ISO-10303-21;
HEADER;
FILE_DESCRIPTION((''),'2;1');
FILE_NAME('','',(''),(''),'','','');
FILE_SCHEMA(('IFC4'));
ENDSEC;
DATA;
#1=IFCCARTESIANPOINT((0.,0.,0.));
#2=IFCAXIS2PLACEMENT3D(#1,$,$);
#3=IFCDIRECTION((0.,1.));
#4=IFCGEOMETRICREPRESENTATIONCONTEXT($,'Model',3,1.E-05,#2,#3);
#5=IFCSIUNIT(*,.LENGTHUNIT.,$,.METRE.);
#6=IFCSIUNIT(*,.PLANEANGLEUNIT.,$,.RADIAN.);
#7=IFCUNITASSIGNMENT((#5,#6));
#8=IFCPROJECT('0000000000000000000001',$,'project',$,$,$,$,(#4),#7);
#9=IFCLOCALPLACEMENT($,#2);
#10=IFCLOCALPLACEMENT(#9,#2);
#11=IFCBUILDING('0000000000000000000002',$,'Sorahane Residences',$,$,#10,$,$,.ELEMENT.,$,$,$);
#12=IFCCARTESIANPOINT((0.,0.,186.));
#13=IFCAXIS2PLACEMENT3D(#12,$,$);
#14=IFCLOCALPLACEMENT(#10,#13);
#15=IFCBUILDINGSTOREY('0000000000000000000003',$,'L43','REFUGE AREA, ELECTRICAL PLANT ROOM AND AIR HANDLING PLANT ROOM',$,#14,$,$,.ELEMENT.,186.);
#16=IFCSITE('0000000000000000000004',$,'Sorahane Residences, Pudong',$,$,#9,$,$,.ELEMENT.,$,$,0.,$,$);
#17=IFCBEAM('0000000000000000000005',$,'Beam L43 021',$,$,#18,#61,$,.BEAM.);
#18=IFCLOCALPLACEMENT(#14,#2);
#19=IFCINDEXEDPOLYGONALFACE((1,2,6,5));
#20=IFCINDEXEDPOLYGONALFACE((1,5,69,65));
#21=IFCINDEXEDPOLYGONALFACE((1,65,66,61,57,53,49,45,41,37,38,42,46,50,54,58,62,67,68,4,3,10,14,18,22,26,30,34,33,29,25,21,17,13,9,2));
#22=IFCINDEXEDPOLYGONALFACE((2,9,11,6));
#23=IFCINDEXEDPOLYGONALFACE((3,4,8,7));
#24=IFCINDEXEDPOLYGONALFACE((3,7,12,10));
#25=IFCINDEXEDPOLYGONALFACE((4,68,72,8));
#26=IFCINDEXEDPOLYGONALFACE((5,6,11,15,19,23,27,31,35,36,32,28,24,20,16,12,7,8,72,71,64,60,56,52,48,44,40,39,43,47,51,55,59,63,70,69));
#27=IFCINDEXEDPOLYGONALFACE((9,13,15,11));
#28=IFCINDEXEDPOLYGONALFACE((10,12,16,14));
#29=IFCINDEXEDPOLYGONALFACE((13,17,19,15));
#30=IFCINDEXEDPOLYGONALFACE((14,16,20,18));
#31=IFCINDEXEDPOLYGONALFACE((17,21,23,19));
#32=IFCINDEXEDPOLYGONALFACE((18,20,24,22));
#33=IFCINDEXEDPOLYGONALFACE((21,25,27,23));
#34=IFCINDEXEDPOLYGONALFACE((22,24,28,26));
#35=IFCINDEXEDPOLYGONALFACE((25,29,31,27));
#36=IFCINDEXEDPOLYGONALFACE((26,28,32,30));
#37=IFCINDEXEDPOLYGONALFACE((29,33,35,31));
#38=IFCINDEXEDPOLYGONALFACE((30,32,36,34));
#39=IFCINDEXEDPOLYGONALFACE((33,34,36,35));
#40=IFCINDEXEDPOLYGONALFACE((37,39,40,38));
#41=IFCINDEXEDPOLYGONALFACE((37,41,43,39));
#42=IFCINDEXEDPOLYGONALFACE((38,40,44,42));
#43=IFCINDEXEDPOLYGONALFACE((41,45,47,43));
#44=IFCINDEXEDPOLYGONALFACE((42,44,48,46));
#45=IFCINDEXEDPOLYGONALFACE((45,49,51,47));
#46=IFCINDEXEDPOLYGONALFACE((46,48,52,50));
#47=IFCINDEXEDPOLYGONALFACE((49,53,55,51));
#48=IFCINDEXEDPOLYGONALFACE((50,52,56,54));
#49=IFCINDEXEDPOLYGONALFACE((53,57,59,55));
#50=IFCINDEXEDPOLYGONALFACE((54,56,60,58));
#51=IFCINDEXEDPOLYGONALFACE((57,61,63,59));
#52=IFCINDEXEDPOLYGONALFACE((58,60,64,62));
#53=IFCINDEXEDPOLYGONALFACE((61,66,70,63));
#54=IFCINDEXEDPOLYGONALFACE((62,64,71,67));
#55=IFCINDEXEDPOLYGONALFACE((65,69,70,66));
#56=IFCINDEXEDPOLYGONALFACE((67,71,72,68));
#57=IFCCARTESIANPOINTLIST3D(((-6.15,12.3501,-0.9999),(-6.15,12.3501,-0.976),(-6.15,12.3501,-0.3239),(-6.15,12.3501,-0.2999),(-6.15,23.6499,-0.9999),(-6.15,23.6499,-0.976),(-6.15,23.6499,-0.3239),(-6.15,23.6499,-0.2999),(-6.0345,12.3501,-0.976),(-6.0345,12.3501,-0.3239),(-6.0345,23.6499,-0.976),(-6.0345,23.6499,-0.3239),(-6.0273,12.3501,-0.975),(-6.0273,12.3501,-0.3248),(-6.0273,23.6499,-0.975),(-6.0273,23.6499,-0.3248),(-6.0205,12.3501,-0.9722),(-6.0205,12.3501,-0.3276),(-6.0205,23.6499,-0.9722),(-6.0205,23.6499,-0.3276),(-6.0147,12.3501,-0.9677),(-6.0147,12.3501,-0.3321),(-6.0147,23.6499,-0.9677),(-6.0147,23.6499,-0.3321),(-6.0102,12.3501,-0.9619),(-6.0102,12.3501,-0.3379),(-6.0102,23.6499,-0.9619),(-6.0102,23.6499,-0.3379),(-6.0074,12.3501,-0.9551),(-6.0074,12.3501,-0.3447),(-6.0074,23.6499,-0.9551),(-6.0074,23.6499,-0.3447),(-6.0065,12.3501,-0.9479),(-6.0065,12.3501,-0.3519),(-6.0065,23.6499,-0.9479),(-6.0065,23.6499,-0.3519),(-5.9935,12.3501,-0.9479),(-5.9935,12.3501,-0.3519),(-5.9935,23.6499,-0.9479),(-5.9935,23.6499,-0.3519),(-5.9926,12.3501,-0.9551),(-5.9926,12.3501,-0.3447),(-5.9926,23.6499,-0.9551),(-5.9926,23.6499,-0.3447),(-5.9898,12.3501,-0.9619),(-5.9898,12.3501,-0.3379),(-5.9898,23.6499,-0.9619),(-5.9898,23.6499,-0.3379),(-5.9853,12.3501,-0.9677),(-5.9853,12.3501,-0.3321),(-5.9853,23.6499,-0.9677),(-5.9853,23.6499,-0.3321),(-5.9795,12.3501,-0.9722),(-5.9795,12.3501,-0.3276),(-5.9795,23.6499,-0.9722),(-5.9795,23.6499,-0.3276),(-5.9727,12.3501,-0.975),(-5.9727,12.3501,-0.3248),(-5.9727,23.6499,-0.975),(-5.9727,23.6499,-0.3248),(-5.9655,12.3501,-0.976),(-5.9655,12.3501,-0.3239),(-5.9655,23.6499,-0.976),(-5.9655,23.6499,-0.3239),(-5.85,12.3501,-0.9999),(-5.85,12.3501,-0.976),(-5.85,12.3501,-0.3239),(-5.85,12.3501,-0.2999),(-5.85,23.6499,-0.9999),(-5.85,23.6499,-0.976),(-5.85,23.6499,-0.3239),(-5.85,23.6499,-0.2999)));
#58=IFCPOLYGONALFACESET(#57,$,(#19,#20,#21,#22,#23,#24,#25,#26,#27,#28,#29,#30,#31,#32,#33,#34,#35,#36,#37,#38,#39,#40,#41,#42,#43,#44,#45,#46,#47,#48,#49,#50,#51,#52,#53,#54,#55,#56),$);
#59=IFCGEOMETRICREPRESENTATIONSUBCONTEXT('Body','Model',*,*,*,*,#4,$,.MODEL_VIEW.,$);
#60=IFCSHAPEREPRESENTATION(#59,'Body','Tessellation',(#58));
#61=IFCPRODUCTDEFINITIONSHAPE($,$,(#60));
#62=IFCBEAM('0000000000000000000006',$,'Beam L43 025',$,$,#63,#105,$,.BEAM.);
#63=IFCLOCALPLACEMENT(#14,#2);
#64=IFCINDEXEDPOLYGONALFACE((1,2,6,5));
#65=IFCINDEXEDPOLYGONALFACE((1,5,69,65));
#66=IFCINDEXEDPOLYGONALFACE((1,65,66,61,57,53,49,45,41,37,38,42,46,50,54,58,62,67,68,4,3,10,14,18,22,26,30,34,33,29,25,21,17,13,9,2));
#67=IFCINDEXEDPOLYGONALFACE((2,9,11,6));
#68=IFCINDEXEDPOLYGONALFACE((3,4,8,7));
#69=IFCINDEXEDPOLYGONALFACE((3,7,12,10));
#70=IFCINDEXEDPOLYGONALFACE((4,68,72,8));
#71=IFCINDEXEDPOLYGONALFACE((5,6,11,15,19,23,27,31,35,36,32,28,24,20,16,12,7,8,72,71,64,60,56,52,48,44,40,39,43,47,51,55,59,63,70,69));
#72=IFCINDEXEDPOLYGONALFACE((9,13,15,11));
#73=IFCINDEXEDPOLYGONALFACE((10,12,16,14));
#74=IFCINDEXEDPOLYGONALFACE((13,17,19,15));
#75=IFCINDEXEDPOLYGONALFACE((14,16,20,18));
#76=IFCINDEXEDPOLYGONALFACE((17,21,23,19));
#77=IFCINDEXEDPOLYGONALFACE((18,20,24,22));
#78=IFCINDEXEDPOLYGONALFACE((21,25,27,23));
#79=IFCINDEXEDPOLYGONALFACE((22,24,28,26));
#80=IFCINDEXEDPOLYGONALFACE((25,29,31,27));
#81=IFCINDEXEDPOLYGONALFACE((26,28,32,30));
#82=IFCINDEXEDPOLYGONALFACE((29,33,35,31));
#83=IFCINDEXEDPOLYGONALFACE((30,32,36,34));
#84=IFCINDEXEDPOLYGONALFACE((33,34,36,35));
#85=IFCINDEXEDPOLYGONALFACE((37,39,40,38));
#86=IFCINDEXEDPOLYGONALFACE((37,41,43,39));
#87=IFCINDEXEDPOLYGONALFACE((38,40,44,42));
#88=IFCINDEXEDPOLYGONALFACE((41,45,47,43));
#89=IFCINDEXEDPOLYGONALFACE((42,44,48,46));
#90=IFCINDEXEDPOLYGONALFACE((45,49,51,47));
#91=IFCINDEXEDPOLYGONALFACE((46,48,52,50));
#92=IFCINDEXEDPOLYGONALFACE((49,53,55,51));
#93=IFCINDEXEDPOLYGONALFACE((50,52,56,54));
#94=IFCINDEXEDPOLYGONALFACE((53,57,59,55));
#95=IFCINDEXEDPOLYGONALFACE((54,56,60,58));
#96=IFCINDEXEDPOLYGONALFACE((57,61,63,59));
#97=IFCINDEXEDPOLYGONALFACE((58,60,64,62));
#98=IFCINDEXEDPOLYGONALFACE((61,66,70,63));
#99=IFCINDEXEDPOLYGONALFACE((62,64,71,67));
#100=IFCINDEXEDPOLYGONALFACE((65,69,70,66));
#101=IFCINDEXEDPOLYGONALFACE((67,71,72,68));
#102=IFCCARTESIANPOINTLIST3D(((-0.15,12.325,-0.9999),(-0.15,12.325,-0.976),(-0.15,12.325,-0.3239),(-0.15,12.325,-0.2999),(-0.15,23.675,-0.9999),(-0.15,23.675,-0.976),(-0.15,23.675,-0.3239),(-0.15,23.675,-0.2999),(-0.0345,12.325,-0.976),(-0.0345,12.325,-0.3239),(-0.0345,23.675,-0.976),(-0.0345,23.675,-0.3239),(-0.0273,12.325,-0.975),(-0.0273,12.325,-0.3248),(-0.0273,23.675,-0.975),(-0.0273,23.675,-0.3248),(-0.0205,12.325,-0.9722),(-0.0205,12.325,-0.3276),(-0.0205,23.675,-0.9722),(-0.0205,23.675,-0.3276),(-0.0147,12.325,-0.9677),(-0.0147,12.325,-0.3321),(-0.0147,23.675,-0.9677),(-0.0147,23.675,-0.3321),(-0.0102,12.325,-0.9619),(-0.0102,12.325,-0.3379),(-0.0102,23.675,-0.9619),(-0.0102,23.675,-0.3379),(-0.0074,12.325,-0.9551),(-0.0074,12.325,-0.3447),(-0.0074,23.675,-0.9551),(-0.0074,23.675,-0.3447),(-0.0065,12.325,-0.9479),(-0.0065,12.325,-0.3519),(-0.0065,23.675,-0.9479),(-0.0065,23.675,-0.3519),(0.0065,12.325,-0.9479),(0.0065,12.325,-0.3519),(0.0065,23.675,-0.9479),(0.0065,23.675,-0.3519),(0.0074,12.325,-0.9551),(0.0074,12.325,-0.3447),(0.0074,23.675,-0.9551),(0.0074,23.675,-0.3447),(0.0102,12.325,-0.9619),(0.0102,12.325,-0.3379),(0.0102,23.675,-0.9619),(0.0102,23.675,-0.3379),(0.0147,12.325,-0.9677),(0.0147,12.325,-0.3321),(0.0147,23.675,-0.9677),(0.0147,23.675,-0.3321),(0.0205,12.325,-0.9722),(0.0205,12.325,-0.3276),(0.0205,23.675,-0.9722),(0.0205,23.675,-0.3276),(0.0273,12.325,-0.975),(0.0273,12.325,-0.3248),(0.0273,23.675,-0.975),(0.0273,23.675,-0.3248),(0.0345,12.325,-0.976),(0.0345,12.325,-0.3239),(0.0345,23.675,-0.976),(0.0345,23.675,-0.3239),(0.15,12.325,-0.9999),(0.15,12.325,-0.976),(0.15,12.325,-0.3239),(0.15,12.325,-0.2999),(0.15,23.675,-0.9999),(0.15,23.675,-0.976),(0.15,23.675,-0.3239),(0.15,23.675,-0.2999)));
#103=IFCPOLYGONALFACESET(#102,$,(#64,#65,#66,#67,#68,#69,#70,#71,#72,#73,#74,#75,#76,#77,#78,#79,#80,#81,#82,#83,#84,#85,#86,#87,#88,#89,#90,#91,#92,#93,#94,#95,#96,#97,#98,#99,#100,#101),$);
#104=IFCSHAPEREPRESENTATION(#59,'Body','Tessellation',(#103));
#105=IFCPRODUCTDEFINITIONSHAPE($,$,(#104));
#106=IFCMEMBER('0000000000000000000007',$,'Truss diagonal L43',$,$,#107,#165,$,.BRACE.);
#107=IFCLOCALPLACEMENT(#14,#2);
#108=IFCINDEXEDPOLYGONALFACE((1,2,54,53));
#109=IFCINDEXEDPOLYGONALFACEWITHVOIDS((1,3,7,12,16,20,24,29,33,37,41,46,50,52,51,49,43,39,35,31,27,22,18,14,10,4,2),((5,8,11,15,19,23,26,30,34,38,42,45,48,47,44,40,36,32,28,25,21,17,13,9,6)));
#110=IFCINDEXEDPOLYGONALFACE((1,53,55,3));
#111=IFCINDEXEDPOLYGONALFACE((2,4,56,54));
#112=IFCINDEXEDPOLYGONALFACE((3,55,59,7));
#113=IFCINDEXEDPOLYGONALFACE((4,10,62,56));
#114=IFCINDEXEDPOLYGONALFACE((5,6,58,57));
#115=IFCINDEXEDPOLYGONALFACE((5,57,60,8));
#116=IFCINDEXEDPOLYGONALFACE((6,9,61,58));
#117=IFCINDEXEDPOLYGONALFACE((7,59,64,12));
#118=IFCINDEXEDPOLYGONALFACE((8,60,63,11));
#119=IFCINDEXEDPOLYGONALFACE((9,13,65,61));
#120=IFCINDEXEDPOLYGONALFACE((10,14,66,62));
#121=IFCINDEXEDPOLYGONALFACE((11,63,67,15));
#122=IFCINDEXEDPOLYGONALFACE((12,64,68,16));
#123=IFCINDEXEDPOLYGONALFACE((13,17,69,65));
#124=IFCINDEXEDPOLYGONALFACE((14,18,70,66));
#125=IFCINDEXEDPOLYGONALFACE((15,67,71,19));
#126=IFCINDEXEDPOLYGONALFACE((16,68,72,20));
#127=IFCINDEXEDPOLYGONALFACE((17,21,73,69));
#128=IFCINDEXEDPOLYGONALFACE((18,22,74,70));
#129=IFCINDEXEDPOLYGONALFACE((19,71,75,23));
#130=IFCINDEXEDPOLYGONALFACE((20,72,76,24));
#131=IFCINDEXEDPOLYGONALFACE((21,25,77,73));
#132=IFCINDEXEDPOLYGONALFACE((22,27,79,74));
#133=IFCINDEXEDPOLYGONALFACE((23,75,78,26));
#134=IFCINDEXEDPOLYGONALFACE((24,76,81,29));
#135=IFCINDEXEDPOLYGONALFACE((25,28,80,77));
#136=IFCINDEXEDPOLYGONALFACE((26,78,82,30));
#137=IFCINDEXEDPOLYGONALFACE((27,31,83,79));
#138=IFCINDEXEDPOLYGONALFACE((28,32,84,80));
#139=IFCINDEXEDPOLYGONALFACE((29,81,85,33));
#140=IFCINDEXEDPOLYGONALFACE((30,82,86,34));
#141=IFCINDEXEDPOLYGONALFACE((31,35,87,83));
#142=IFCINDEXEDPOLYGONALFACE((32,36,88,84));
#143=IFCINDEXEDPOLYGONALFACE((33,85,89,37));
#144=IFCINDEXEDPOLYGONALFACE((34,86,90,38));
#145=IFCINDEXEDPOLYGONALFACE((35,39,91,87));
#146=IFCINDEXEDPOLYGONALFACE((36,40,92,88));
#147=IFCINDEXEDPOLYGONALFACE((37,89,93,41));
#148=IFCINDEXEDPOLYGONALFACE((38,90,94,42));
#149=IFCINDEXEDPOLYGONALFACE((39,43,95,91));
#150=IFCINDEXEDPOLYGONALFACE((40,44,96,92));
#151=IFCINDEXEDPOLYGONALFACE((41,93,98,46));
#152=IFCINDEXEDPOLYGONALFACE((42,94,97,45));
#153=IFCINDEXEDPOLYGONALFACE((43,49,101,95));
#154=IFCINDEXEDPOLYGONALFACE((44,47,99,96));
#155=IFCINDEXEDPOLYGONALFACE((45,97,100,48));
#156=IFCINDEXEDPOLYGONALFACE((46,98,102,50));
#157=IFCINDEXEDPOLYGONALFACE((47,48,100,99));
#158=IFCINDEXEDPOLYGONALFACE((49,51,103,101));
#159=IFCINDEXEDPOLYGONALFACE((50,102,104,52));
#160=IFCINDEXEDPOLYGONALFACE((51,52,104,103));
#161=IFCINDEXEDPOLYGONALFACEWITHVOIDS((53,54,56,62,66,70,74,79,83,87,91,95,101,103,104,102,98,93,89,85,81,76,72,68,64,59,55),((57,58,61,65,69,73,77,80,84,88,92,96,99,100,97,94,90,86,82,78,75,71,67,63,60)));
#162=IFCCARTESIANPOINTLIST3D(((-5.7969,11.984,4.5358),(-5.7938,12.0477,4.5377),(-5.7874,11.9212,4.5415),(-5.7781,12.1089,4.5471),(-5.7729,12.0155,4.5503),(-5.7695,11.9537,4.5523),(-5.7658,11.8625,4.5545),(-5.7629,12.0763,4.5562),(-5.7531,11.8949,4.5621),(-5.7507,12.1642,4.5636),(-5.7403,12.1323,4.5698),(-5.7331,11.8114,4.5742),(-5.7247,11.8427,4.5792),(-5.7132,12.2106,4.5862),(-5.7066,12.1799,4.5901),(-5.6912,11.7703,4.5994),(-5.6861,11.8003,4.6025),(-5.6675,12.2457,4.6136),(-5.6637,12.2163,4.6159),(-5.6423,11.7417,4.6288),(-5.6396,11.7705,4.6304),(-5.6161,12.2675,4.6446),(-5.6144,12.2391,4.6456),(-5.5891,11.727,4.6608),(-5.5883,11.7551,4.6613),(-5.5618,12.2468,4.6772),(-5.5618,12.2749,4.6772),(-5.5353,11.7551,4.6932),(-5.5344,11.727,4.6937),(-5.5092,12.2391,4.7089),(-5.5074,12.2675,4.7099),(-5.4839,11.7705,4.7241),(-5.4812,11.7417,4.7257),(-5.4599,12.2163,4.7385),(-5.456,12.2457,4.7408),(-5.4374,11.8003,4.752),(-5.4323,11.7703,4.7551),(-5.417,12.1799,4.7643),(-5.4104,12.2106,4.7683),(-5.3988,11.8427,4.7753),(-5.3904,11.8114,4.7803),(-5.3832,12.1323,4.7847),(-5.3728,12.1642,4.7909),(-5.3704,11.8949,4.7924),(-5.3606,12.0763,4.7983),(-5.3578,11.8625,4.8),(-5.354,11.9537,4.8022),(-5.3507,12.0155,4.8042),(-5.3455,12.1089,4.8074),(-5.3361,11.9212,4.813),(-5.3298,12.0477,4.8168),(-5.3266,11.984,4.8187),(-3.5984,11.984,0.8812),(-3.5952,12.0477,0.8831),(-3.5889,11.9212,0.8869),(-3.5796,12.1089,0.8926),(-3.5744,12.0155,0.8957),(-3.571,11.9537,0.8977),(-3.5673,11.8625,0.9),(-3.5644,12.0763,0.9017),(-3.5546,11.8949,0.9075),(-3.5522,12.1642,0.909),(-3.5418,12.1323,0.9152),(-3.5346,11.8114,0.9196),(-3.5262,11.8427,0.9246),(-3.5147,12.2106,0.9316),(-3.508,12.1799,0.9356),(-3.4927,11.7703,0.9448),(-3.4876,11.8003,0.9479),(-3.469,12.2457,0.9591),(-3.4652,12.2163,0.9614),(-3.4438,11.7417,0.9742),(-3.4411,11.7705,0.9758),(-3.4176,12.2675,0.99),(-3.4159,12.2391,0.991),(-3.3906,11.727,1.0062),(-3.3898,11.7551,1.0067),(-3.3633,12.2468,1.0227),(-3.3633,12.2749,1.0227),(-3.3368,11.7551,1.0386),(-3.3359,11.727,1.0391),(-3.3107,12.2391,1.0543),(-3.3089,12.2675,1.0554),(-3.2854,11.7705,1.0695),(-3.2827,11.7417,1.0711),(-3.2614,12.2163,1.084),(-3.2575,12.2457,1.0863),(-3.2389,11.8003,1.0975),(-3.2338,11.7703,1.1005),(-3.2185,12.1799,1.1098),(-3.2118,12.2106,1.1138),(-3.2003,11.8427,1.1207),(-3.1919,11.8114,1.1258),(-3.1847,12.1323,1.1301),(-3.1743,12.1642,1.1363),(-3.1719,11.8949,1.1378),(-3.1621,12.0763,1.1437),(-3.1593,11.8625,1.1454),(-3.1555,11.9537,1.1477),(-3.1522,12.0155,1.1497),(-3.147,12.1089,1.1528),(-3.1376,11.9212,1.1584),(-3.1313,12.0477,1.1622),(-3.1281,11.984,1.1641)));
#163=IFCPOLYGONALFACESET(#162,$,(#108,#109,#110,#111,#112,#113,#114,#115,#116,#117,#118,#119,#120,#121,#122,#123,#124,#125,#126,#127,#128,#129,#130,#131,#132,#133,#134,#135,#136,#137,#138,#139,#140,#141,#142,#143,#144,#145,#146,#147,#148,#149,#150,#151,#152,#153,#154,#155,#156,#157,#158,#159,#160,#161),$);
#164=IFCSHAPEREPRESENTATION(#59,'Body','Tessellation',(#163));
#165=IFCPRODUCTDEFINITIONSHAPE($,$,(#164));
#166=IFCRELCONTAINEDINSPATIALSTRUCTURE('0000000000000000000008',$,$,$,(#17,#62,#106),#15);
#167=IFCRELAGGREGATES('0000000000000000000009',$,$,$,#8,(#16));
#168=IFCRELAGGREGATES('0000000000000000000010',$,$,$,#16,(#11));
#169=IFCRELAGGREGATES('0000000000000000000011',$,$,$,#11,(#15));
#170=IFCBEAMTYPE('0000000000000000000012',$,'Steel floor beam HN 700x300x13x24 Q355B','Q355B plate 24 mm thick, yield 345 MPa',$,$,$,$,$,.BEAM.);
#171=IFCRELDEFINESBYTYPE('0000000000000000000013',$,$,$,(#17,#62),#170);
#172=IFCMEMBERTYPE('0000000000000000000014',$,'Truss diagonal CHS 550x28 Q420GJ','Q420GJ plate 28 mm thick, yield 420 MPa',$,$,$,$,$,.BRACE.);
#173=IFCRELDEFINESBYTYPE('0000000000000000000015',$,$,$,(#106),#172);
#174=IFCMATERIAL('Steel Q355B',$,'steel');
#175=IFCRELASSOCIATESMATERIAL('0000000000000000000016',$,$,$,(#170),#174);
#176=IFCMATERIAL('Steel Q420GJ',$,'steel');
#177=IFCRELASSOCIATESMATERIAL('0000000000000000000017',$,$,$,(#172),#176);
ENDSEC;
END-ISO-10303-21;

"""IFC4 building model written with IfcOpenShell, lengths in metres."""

from ifc_helpers import new_model, si_unit, direction, frame, origin, origin_2d, place, context, subcontext, project, spatial, hollow_circle, i_section, extrude, material, material_profile, profile_set, type_object, element, save


model = new_model("IFC4")

# Units and contexts
model_context = context("Model", 3, precision=1e-05, world=origin(), true_north=direction((0.0, 1.0)))
body_context = subcontext(model_context, "Body", "Model", "MODEL_VIEW")
ifc_project = project(units=[si_unit("LENGTHUNIT", "METRE"), si_unit("PLANEANGLEUNIT", "RADIAN")], contexts=[model_context])

# Site, building, storey
site_placement = place(None, origin())
site = spatial("IfcSite", under=ifc_project, at=site_placement, Name="Sorahane Residences, Pudong", CompositionType="ELEMENT", RefElevation=0.0)
building_placement = place(site_placement, origin())
building = spatial("IfcBuilding", under=site, at=building_placement, Name="Sorahane Residences", CompositionType="ELEMENT")
storey_placement = place(building_placement, frame((0.0, 0.0, 186.0)))
storey = spatial("IfcBuildingStorey", under=building, at=storey_placement, Name="L43", Description="REFUGE AREA, ELECTRICAL PLANT ROOM AND AIR HANDLING PLANT ROOM", CompositionType="ELEMENT", Elevation=186.0)

# Beams
ifc_material_1 = material(Name="Steel Q355B", Category="steel")
ifc_material_profile_1 = material_profile(ifc_material_1, i_section(OverallWidth=0.3, OverallDepth=0.7, WebThickness=0.0129, FlangeThickness=0.0239, FilletRadius=0.0281, at=origin_2d()), Name="HN 700x300x13x24")
ifc_profile_set_1 = profile_set([ifc_material_profile_1], Name="Steel Q355B")
beam_type_1 = type_object("IfcBeamType", Name="Steel floor beam HN 700x300x13x24 Q355B", Description="Q355B plate 24 mm thick, yield 345 MPa", PredefinedType="BEAM", material=ifc_profile_set_1)
beam_1_placement = place(storey_placement, frame((-6.0, 12.3501, -0.6499), z_axis=(0.0, 1.0, 0.0), x_axis=(-1.0, 0.0, 0.0)))
element("IfcBeam", 1, at=beam_1_placement, inside=storey, type_object=beam_type_1, Name="Beam L43 021", PredefinedType="BEAM", context=body_context, shape_type="SweptSolid", body=[
    extrude(i_section(OverallWidth=0.3, OverallDepth=0.7, WebThickness=0.0129, FlangeThickness=0.0239, FilletRadius=0.0281, at=origin_2d()), origin(), (0.0, 0.0, 1.0), 11.2998),
])
beam_2_placement = place(storey_placement, frame((0.0, 12.325, -0.6499), z_axis=(0.0, 1.0, 0.0), x_axis=(-1.0, 0.0, 0.0)))
element("IfcBeam", 2, at=beam_2_placement, inside=storey, type_object=beam_type_1, Name="Beam L43 025", PredefinedType="BEAM", context=body_context, shape_type="SweptSolid", body=[
    extrude(i_section(OverallWidth=0.3, OverallDepth=0.7, WebThickness=0.0129, FlangeThickness=0.0239, FilletRadius=0.0281, at=origin_2d()), origin(), (0.0, 0.0, 1.0), 11.3501),
])

# Member
ifc_material_2 = material(Name="Steel Q420GJ", Category="steel")
ifc_material_profile_2 = material_profile(ifc_material_2, hollow_circle(Radius=0.2749, WallThickness=0.0281, at=origin_2d()), Name="CHS 550x28")
ifc_profile_set_2 = profile_set([ifc_material_profile_2], Name="Steel Q420GJ")
member_type = type_object("IfcMemberType", Name="Truss diagonal CHS 550x28 Q420GJ", Description="Q420GJ plate 28 mm thick, yield 420 MPa", PredefinedType="BRACE", material=ifc_profile_set_2)
member_1_placement = place(storey_placement, frame((-5.5618, 12.0, 4.6772), z_axis=(0.515489, 0.0, -0.856896), x_axis=(0.0, 1.0, 0.0)))
element("IfcMember", 3, at=member_1_placement, inside=storey, type_object=member_type, Name="Truss diagonal L43", PredefinedType="BRACE", context=body_context, shape_type="SweptSolid", body=[
    extrude(hollow_circle(Radius=0.2749, WallThickness=0.0281, at=origin_2d()), origin(), (0.0, 0.0, 1.0), 4.2649),
])

save(model, "model.ifc")
